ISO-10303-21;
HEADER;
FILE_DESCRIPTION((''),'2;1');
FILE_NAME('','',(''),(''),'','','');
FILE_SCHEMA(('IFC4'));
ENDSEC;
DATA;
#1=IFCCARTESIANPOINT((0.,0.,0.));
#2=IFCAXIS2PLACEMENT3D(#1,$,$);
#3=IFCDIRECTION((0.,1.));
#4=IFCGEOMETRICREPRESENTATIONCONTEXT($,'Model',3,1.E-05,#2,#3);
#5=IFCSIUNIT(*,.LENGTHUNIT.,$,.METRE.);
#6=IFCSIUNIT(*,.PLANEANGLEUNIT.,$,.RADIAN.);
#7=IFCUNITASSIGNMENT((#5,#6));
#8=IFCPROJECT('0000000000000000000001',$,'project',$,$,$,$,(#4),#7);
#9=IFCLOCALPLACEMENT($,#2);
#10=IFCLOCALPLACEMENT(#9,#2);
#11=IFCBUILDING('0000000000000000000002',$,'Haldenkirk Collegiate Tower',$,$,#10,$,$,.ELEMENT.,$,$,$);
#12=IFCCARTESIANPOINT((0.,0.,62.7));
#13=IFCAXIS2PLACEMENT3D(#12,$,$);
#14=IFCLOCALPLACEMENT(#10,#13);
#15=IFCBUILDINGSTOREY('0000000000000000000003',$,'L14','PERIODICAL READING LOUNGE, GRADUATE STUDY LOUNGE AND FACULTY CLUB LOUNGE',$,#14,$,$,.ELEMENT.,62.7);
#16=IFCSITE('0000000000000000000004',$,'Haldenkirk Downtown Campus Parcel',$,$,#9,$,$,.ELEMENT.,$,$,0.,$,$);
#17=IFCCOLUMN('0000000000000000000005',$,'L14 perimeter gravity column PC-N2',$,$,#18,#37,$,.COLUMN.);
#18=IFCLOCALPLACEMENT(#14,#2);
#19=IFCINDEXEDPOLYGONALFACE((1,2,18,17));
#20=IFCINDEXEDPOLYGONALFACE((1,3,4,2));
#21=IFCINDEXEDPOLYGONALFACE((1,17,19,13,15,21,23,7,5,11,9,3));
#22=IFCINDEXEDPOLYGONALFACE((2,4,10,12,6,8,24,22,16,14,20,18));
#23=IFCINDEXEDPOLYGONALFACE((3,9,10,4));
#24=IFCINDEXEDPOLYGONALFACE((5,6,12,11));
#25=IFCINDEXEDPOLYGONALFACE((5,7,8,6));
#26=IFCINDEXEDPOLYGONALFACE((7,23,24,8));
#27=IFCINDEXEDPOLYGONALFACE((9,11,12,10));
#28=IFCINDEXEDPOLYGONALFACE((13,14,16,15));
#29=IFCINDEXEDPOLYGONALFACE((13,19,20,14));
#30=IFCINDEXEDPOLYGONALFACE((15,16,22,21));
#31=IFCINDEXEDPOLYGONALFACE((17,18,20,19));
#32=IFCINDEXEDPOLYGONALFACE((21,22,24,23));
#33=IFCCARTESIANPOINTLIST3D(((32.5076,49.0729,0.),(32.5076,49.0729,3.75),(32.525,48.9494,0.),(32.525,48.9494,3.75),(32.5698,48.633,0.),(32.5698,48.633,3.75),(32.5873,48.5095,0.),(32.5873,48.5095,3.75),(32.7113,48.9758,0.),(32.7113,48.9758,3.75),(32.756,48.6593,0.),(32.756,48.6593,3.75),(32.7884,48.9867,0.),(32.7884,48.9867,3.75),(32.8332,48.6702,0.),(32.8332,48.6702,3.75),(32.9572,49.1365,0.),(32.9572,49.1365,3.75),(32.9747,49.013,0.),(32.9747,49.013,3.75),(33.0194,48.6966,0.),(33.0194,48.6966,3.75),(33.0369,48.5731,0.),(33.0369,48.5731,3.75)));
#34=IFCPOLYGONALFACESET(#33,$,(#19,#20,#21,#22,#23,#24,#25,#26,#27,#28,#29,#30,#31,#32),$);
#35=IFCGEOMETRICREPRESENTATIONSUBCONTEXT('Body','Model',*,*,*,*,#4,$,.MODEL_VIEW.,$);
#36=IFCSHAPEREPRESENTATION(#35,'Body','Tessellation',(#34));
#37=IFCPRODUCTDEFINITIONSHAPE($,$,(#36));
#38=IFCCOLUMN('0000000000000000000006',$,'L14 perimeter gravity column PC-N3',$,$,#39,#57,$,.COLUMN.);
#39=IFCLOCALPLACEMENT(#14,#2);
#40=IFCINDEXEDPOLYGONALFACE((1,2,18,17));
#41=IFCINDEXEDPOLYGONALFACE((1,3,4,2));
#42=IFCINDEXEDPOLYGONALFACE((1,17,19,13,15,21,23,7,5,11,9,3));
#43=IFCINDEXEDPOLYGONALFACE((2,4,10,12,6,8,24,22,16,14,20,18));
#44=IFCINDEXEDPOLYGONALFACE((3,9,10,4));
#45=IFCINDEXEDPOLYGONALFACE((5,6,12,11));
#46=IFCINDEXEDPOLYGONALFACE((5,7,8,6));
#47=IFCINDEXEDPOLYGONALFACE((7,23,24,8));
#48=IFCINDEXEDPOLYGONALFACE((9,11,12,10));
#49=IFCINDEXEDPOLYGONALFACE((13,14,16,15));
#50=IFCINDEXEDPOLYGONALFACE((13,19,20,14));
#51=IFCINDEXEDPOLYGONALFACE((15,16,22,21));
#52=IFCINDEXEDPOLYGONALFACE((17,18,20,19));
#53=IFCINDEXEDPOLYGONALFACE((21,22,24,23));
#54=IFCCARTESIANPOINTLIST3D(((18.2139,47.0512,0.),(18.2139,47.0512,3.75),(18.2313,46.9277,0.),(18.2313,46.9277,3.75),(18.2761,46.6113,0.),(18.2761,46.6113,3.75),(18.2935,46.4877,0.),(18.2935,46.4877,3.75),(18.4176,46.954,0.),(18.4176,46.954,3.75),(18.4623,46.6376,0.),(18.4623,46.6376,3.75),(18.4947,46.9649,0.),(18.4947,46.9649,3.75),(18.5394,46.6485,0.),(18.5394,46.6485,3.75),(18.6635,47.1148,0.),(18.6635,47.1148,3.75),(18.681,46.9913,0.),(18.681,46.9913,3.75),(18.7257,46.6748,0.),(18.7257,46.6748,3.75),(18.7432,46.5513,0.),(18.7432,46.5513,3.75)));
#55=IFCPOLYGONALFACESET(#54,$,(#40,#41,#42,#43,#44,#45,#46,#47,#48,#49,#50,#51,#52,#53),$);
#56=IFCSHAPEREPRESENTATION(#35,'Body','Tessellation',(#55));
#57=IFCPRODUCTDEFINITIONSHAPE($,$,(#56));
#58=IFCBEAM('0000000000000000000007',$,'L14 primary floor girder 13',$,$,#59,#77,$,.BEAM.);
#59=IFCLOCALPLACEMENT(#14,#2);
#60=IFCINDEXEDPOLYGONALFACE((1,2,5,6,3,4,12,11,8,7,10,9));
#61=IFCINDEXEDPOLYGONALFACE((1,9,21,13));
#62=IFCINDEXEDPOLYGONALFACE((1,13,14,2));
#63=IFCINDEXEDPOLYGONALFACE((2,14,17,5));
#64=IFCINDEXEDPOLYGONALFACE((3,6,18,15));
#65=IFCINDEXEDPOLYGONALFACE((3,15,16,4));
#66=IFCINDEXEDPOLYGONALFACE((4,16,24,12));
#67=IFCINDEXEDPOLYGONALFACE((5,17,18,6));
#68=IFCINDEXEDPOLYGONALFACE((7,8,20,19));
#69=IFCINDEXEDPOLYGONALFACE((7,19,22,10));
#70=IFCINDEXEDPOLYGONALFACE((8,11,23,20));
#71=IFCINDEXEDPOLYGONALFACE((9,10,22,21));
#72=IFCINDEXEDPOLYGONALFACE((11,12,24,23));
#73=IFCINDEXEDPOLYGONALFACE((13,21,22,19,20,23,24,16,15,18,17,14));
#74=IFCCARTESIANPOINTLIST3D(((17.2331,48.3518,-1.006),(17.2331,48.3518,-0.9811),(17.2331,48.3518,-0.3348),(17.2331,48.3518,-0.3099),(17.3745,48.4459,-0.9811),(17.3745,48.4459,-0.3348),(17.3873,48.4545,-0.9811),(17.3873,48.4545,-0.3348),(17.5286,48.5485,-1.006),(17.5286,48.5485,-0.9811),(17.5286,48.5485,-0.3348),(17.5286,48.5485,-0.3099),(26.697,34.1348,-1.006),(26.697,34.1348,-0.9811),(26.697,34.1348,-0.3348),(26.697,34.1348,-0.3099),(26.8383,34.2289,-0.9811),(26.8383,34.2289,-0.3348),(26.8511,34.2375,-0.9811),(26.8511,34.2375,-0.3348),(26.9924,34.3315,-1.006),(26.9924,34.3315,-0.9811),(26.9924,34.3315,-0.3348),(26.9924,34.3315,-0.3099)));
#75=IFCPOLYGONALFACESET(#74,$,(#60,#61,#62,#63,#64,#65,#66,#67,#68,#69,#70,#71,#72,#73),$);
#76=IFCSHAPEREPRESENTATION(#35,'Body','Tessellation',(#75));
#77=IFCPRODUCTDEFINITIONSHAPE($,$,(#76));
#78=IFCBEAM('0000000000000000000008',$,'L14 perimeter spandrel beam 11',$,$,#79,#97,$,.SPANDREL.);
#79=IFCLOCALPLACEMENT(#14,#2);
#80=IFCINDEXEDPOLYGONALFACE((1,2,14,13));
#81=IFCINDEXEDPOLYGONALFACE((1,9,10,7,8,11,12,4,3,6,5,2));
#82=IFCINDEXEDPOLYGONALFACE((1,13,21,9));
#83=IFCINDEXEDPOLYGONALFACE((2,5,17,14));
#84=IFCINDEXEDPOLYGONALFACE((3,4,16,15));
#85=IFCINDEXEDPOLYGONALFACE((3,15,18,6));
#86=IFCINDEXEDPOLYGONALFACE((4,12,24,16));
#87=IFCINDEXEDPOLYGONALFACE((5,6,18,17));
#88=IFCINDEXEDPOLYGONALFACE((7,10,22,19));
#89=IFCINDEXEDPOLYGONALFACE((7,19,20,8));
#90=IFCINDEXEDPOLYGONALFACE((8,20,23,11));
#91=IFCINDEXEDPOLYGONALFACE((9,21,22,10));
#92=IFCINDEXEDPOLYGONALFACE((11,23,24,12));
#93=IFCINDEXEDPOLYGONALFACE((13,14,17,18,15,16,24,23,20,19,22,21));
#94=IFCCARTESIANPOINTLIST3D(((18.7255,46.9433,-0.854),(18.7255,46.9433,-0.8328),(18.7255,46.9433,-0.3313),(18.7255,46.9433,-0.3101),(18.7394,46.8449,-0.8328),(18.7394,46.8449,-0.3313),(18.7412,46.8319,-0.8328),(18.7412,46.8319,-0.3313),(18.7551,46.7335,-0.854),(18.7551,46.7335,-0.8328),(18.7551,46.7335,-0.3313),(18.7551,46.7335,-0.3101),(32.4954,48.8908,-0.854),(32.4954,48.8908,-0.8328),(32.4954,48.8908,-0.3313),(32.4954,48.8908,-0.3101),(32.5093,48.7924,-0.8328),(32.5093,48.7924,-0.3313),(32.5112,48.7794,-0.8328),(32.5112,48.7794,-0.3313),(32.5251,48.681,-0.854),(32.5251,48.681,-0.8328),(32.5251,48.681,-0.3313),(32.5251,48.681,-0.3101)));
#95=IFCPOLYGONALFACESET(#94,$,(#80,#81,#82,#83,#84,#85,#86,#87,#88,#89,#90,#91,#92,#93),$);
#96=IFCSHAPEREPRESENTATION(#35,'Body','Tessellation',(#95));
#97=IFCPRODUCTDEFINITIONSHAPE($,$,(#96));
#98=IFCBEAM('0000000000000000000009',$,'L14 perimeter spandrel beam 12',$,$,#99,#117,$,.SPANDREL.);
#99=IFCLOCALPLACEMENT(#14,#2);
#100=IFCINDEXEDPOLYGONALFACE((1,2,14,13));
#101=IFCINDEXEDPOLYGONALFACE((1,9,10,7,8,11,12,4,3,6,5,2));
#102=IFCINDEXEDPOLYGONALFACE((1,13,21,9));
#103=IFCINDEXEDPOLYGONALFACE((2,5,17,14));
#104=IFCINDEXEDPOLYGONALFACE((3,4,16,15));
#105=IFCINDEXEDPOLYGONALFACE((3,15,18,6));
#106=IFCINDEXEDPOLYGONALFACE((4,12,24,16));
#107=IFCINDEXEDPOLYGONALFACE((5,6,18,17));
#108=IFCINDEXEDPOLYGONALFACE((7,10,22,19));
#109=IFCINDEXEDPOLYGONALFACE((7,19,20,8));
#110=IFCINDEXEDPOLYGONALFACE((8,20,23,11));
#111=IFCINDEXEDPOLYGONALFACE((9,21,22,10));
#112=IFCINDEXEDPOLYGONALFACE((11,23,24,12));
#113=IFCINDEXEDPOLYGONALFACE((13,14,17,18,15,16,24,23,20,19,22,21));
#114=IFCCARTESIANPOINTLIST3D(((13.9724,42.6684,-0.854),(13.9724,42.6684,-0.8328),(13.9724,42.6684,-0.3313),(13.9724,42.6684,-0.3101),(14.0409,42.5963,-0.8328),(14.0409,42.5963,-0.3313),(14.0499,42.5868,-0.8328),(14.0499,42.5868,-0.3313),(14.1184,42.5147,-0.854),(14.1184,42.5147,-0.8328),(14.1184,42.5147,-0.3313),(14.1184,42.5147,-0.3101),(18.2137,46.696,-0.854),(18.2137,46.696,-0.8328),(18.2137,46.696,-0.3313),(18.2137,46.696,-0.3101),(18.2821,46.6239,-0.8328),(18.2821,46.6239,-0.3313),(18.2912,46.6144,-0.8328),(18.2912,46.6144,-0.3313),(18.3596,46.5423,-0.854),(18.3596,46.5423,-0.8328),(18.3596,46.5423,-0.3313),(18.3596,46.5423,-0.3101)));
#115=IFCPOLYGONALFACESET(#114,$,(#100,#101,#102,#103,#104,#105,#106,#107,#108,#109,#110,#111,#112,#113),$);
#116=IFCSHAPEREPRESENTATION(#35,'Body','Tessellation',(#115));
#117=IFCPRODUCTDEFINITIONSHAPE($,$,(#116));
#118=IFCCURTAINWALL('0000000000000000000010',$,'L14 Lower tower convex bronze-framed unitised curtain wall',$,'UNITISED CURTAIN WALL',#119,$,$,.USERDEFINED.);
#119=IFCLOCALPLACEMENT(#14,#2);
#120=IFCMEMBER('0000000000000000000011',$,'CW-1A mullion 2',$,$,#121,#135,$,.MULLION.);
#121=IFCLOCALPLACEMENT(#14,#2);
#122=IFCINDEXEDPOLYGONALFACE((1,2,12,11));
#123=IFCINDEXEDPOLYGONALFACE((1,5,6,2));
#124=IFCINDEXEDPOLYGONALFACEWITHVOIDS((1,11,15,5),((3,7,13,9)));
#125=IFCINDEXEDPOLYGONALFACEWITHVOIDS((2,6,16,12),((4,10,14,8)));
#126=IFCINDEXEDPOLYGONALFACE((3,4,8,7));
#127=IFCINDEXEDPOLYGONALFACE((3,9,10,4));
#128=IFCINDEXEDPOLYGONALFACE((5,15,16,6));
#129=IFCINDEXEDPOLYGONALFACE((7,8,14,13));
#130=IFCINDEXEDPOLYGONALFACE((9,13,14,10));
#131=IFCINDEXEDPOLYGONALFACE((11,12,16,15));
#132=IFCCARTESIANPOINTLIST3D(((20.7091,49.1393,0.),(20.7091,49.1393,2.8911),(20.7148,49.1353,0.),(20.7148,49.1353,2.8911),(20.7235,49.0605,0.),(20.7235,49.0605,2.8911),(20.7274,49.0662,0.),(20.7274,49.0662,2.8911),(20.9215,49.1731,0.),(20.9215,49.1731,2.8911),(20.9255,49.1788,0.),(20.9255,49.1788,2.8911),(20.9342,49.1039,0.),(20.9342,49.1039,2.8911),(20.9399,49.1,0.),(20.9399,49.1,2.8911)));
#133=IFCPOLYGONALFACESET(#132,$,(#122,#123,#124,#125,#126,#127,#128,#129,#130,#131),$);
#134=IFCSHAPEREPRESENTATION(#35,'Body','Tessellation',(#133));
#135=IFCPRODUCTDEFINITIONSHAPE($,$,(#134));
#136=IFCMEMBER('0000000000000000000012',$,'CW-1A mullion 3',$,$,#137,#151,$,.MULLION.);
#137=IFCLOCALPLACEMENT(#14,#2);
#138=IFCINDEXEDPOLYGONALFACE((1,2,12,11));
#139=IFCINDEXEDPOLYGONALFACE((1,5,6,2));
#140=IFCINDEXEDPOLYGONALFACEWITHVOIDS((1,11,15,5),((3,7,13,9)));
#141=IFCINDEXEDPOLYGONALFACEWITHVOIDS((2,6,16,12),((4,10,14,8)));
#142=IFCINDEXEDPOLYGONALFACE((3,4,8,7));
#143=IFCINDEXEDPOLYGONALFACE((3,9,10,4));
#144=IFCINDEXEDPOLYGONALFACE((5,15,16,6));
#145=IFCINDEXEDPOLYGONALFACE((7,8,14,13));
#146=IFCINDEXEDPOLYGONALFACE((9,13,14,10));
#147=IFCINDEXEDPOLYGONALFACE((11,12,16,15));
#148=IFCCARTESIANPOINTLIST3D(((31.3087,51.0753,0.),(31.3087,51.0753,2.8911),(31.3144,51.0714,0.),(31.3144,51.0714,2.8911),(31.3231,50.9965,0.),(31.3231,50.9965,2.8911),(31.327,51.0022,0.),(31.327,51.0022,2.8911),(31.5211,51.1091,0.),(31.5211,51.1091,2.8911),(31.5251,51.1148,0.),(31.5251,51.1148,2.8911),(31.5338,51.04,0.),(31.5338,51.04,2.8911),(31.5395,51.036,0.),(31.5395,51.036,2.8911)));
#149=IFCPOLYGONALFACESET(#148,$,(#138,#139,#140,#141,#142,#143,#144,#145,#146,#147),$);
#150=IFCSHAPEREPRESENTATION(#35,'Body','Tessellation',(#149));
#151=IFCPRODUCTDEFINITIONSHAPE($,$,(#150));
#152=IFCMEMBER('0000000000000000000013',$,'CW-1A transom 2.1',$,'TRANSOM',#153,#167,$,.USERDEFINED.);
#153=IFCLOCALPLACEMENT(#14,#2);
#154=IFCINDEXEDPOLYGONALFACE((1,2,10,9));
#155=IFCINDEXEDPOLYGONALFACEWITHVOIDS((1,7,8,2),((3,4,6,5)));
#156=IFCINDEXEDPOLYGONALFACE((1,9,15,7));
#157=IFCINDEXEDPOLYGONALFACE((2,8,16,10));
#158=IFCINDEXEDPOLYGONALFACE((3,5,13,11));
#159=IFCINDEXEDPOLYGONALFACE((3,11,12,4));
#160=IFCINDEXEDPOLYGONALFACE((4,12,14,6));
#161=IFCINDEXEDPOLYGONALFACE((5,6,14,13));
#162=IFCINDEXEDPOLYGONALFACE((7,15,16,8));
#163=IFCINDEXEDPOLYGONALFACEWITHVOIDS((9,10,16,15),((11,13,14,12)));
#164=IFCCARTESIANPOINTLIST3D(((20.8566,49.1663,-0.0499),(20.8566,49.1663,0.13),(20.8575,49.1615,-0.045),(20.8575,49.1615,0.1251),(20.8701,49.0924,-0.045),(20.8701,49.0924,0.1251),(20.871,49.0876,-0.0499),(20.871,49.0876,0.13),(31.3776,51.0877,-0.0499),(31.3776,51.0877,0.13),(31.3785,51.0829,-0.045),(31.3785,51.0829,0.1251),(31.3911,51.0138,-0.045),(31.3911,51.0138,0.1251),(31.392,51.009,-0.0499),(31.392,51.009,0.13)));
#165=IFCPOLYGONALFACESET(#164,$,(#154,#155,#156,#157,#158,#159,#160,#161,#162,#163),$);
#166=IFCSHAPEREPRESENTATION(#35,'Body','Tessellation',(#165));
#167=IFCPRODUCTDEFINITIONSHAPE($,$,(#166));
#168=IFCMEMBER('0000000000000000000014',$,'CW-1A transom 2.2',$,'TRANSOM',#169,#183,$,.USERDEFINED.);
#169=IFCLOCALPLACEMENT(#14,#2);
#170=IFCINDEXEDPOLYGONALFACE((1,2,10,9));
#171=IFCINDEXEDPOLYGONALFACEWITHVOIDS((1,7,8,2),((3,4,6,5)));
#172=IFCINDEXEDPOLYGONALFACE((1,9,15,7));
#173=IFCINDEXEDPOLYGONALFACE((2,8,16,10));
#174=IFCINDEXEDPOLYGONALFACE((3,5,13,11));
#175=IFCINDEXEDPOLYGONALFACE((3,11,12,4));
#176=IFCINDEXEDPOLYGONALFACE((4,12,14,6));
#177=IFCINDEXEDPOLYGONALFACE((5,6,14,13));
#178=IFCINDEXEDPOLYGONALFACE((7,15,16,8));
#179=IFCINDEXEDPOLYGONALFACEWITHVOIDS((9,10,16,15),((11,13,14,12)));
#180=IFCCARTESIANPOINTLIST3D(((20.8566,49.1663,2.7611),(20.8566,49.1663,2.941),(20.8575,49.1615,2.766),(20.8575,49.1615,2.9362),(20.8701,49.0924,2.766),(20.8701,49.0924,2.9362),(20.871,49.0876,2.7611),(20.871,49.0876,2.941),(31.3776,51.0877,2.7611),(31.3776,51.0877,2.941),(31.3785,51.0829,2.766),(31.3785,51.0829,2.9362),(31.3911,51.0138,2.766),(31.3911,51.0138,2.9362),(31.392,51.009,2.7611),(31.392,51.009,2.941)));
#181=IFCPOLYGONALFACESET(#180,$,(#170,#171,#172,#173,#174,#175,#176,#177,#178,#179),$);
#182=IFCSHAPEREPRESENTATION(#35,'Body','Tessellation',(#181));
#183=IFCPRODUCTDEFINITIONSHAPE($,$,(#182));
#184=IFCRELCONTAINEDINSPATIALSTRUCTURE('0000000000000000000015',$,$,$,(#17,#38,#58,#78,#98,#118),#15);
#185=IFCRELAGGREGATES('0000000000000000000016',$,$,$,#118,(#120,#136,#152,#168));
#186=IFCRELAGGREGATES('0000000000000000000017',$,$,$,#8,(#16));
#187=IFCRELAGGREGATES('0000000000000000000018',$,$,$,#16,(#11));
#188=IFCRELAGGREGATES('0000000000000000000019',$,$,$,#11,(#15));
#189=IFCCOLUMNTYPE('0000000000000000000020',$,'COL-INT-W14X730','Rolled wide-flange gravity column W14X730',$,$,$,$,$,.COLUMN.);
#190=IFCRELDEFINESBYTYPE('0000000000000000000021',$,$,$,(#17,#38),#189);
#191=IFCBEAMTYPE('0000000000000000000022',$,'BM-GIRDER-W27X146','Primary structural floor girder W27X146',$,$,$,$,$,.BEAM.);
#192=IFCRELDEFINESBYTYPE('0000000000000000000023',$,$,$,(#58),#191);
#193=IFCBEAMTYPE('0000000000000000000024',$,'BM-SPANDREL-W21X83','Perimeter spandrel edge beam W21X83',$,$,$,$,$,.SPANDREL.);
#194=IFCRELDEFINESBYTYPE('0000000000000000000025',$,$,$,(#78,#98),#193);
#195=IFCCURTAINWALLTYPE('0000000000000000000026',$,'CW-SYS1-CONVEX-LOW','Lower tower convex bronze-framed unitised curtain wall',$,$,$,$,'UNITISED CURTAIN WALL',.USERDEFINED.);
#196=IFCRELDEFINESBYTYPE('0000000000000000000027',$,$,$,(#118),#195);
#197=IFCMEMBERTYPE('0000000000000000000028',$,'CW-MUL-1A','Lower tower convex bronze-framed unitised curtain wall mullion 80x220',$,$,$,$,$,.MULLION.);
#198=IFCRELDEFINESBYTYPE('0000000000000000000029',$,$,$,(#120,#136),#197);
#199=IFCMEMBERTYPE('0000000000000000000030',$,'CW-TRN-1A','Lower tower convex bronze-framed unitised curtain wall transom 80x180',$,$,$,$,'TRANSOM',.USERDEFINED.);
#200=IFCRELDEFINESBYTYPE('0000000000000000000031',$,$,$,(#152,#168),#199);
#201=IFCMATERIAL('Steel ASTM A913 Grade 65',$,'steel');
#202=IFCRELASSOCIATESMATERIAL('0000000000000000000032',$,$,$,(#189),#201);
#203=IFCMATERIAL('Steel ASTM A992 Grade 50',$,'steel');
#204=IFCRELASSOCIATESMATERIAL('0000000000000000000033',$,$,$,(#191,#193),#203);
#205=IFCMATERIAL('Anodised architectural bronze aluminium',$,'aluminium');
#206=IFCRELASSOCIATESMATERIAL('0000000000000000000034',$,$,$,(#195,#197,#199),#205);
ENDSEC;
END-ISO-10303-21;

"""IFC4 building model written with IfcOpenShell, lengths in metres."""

from ifc_helpers import new_model, si_unit, direction, frame, origin, origin_2d, place, context, subcontext, project, spatial, hollow_rectangle, i_section, extrude, material, material_profile, profile_set, type_object, element, aggregate, save


model = new_model("IFC4")

# Units and contexts
model_context = context("Model", 3, precision=1e-05, world=origin(), true_north=direction((0.0, 1.0)))
body_context = subcontext(model_context, "Body", "Model", "MODEL_VIEW")
ifc_project = project(units=[si_unit("LENGTHUNIT", "METRE"), si_unit("PLANEANGLEUNIT", "RADIAN")], contexts=[model_context])

# Site, building, storey
site_placement = place(None, origin())
site = spatial("IfcSite", under=ifc_project, at=site_placement, Name="Haldenkirk Downtown Campus Parcel", CompositionType="ELEMENT", RefElevation=0.0)
building_placement = place(site_placement, origin())
building = spatial("IfcBuilding", under=site, at=building_placement, Name="Haldenkirk Collegiate Tower", CompositionType="ELEMENT")
storey_placement = place(building_placement, frame((0.0, 0.0, 62.7)))
storey = spatial("IfcBuildingStorey", under=building, at=storey_placement, Name="L14", Description="PERIODICAL READING LOUNGE, GRADUATE STUDY LOUNGE AND FACULTY CLUB LOUNGE", CompositionType="ELEMENT", Elevation=62.7)

# Columns
ifc_material_1 = material(Name="Steel ASTM A913 Grade 65", Category="steel")
ifc_material_profile_1 = material_profile(ifc_material_1, i_section(OverallWidth=0.4541, OverallDepth=0.5691, WebThickness=0.0779, FlangeThickness=0.1248, at=origin_2d()), Name="W14X730")
ifc_profile_set_1 = profile_set([ifc_material_profile_1], Name="Steel ASTM A913 Grade 65")
column_type = type_object("IfcColumnType", Name="COL-INT-W14X730", Description="Rolled wide-flange gravity column W14X730", PredefinedType="COLUMN", material=ifc_profile_set_1)
for number, where, z_axis, x_axis, name in (
    (1, (32.7722, 48.823, 0.0), (0.0, 0.0, 1.0), (0.990146, 0.140037, 0.0), "L14 perimeter gravity column PC-N2"),
    (2, (18.4785, 46.8013, 0.0), (0.0, 0.0, 1.0), (0.990146, 0.140037, 0.0), "L14 perimeter gravity column PC-N3"),
):
    element("IfcColumn", number, at=place(storey_placement, frame(where, z_axis=z_axis, x_axis=x_axis)), inside=storey, type_object=column_type, Name=name, PredefinedType="COLUMN", context=body_context, shape_type="SweptSolid", body=[
        extrude(i_section(OverallWidth=0.4541, OverallDepth=0.5691, WebThickness=0.0779, FlangeThickness=0.1248, at=origin_2d()), origin(), (0.0, 0.0, 1.0), 3.75),
    ])

# Beams
ifc_material_2 = material(Name="Steel ASTM A992 Grade 50", Category="steel")
ifc_material_profile_2 = material_profile(ifc_material_2, i_section(OverallWidth=0.355, OverallDepth=0.696, WebThickness=0.0154, FlangeThickness=0.0249, at=origin_2d()), Name="W27X146")
ifc_profile_set_2 = profile_set([ifc_material_profile_2], Name="Steel ASTM A992 Grade 50")
beam_type_1 = type_object("IfcBeamType", Name="BM-GIRDER-W27X146", Description="Primary structural floor girder W27X146", PredefinedType="BEAM", material=ifc_profile_set_2)
beam_1_placement = place(storey_placement, frame((17.3809, 48.4502, -0.658), z_axis=(0.554126, -0.832433, 0.0), x_axis=(0.832433, 0.554126, 0.0)))
element("IfcBeam", 3, at=beam_1_placement, inside=storey, type_object=beam_type_1, Name="L14 primary floor girder 13", PredefinedType="BEAM", context=body_context, shape_type="SweptSolid", body=[
    extrude(i_section(OverallWidth=0.355, OverallDepth=0.696, WebThickness=0.0154, FlangeThickness=0.0249, at=origin_2d()), origin(), (0.0, 0.0, 1.0), 17.0789),
])
ifc_material_profile_3 = material_profile(ifc_material_2, i_section(OverallWidth=0.2119, OverallDepth=0.5439, WebThickness=0.0132, FlangeThickness=0.0212, at=origin_2d()), Name="W21X83")
ifc_profile_set_3 = profile_set([ifc_material_profile_3], Name="Steel ASTM A992 Grade 50")
beam_type_2 = type_object("IfcBeamType", Name="BM-SPANDREL-W21X83", Description="Perimeter spandrel edge beam W21X83", PredefinedType="SPANDREL", material=ifc_profile_set_3)
beam_2_placement = place(storey_placement, frame((32.5103, 48.7859, -0.582), z_axis=(-0.990146, -0.140038, 0.0), x_axis=(0.140038, -0.990146, 0.0)))
element("IfcBeam", 4, at=beam_2_placement, inside=storey, type_object=beam_type_2, Name="L14 perimeter spandrel beam 11", PredefinedType="SPANDREL", context=body_context, shape_type="SweptSolid", body=[
    extrude(i_section(OverallWidth=0.2119, OverallDepth=0.5439, WebThickness=0.0132, FlangeThickness=0.0212, at=origin_2d()), origin(), (0.0, 0.0, 1.0), 13.907),
])
beam_3_placement = place(storey_placement, frame((18.2866, 46.6191, -0.582), z_axis=(-0.725133, -0.688609, 0.0), x_axis=(0.688609, -0.725133, 0.0)))
element("IfcBeam", 5, at=beam_3_placement, inside=storey, type_object=beam_type_2, Name="L14 perimeter spandrel beam 12", PredefinedType="SPANDREL", context=body_context, shape_type="SweptSolid", body=[
    extrude(i_section(OverallWidth=0.2119, OverallDepth=0.5439, WebThickness=0.0132, FlangeThickness=0.0212, at=origin_2d()), origin(), (0.0, 0.0, 1.0), 5.8489),
])

# Curtain wall, members
ifc_material_3 = material(Name="Anodised architectural bronze aluminium", Category="aluminium")
curtain_wall_type = type_object("IfcCurtainWallType", Name="CW-SYS1-CONVEX-LOW", Description="Lower tower convex bronze-framed unitised curtain wall", ElementType="UNITISED CURTAIN WALL", PredefinedType="USERDEFINED", material=ifc_material_3)
curtain_wall_placement = place(storey_placement, origin())
curtain_wall = element("IfcCurtainWall", 6, at=curtain_wall_placement, inside=storey, type_object=curtain_wall_type, Name="L14 Lower tower convex bronze-framed unitised curtain wall", ObjectType="UNITISED CURTAIN WALL", PredefinedType="USERDEFINED")
ifc_material_profile_4 = material_profile(ifc_material_3, hollow_rectangle(XDim=0.0801, YDim=0.22, WallThickness=0.0049, at=origin_2d()), Name="CW-MUL-1A")
ifc_profile_set_4 = profile_set([ifc_material_profile_4], Name="Anodised architectural bronze aluminium")
member_type_1 = type_object("IfcMemberType", Name="CW-MUL-1A", Description="Lower tower convex bronze-framed unitised curtain wall mullion 80x220", PredefinedType="MULLION", material=ifc_profile_set_4)
member_1_placement = place(storey_placement, frame((20.8245, 49.1196, 0.0), z_axis=(0.0, 0.0, 1.0), x_axis=(-0.179659, 0.983729, 0.0)))
member_1 = element("IfcMember", 7, at=member_1_placement, type_object=member_type_1, Name="CW-1A mullion 2", PredefinedType="MULLION", context=body_context, shape_type="SweptSolid", body=[
    extrude(hollow_rectangle(XDim=0.0801, YDim=0.22, WallThickness=0.0049, at=origin_2d()), origin(), (0.0, 0.0, 1.0), 2.8911),
])
member_2_placement = place(storey_placement, frame((31.4241, 51.0557, 0.0), z_axis=(0.0, 0.0, 1.0), x_axis=(-0.179659, 0.983729, 0.0)))
member_2 = element("IfcMember", 8, at=member_2_placement, type_object=member_type_1, Name="CW-1A mullion 3", PredefinedType="MULLION", context=body_context, shape_type="SweptSolid", body=[
    extrude(hollow_rectangle(XDim=0.0801, YDim=0.22, WallThickness=0.0049, at=origin_2d()), origin(), (0.0, 0.0, 1.0), 2.8911),
])
ifc_material_profile_5 = material_profile(ifc_material_3, hollow_rectangle(XDim=0.0801, YDim=0.1799, WallThickness=0.0049, at=origin_2d()), Name="CW-TRN-1A")
ifc_profile_set_5 = profile_set([ifc_material_profile_5], Name="Anodised architectural bronze aluminium")
member_type_2 = type_object("IfcMemberType", Name="CW-TRN-1A", Description="Lower tower convex bronze-framed unitised curtain wall transom 80x180", ElementType="TRANSOM", PredefinedType="USERDEFINED", material=ifc_profile_set_5)
member_3_placement = place(storey_placement, frame((20.8638, 49.127, 0.04), z_axis=(0.98373, 0.179653, 0.0), x_axis=(-0.179653, 0.98373, 0.0)))
member_3 = element("IfcMember", 9, at=member_3_placement, type_object=member_type_2, Name="CW-1A transom 2.1", ObjectType="TRANSOM", PredefinedType="USERDEFINED", context=body_context, shape_type="SweptSolid", body=[
    extrude(hollow_rectangle(XDim=0.0801, YDim=0.1799, WallThickness=0.0049, at=origin_2d()), origin(), (0.0, 0.0, 1.0), 10.6951),
])
member_4_placement = place(storey_placement, frame((20.8638, 49.127, 2.8511), z_axis=(0.98373, 0.179653, 0.0), x_axis=(-0.179653, 0.98373, 0.0)))
member_4 = element("IfcMember", 10, at=member_4_placement, type_object=member_type_2, Name="CW-1A transom 2.2", ObjectType="TRANSOM", PredefinedType="USERDEFINED", context=body_context, shape_type="SweptSolid", body=[
    extrude(hollow_rectangle(XDim=0.0801, YDim=0.1799, WallThickness=0.0049, at=origin_2d()), origin(), (0.0, 0.0, 1.0), 10.6951),
])

aggregate(curtain_wall, [member_1, member_2, member_3, member_4])

save(model, "model.ifc")
